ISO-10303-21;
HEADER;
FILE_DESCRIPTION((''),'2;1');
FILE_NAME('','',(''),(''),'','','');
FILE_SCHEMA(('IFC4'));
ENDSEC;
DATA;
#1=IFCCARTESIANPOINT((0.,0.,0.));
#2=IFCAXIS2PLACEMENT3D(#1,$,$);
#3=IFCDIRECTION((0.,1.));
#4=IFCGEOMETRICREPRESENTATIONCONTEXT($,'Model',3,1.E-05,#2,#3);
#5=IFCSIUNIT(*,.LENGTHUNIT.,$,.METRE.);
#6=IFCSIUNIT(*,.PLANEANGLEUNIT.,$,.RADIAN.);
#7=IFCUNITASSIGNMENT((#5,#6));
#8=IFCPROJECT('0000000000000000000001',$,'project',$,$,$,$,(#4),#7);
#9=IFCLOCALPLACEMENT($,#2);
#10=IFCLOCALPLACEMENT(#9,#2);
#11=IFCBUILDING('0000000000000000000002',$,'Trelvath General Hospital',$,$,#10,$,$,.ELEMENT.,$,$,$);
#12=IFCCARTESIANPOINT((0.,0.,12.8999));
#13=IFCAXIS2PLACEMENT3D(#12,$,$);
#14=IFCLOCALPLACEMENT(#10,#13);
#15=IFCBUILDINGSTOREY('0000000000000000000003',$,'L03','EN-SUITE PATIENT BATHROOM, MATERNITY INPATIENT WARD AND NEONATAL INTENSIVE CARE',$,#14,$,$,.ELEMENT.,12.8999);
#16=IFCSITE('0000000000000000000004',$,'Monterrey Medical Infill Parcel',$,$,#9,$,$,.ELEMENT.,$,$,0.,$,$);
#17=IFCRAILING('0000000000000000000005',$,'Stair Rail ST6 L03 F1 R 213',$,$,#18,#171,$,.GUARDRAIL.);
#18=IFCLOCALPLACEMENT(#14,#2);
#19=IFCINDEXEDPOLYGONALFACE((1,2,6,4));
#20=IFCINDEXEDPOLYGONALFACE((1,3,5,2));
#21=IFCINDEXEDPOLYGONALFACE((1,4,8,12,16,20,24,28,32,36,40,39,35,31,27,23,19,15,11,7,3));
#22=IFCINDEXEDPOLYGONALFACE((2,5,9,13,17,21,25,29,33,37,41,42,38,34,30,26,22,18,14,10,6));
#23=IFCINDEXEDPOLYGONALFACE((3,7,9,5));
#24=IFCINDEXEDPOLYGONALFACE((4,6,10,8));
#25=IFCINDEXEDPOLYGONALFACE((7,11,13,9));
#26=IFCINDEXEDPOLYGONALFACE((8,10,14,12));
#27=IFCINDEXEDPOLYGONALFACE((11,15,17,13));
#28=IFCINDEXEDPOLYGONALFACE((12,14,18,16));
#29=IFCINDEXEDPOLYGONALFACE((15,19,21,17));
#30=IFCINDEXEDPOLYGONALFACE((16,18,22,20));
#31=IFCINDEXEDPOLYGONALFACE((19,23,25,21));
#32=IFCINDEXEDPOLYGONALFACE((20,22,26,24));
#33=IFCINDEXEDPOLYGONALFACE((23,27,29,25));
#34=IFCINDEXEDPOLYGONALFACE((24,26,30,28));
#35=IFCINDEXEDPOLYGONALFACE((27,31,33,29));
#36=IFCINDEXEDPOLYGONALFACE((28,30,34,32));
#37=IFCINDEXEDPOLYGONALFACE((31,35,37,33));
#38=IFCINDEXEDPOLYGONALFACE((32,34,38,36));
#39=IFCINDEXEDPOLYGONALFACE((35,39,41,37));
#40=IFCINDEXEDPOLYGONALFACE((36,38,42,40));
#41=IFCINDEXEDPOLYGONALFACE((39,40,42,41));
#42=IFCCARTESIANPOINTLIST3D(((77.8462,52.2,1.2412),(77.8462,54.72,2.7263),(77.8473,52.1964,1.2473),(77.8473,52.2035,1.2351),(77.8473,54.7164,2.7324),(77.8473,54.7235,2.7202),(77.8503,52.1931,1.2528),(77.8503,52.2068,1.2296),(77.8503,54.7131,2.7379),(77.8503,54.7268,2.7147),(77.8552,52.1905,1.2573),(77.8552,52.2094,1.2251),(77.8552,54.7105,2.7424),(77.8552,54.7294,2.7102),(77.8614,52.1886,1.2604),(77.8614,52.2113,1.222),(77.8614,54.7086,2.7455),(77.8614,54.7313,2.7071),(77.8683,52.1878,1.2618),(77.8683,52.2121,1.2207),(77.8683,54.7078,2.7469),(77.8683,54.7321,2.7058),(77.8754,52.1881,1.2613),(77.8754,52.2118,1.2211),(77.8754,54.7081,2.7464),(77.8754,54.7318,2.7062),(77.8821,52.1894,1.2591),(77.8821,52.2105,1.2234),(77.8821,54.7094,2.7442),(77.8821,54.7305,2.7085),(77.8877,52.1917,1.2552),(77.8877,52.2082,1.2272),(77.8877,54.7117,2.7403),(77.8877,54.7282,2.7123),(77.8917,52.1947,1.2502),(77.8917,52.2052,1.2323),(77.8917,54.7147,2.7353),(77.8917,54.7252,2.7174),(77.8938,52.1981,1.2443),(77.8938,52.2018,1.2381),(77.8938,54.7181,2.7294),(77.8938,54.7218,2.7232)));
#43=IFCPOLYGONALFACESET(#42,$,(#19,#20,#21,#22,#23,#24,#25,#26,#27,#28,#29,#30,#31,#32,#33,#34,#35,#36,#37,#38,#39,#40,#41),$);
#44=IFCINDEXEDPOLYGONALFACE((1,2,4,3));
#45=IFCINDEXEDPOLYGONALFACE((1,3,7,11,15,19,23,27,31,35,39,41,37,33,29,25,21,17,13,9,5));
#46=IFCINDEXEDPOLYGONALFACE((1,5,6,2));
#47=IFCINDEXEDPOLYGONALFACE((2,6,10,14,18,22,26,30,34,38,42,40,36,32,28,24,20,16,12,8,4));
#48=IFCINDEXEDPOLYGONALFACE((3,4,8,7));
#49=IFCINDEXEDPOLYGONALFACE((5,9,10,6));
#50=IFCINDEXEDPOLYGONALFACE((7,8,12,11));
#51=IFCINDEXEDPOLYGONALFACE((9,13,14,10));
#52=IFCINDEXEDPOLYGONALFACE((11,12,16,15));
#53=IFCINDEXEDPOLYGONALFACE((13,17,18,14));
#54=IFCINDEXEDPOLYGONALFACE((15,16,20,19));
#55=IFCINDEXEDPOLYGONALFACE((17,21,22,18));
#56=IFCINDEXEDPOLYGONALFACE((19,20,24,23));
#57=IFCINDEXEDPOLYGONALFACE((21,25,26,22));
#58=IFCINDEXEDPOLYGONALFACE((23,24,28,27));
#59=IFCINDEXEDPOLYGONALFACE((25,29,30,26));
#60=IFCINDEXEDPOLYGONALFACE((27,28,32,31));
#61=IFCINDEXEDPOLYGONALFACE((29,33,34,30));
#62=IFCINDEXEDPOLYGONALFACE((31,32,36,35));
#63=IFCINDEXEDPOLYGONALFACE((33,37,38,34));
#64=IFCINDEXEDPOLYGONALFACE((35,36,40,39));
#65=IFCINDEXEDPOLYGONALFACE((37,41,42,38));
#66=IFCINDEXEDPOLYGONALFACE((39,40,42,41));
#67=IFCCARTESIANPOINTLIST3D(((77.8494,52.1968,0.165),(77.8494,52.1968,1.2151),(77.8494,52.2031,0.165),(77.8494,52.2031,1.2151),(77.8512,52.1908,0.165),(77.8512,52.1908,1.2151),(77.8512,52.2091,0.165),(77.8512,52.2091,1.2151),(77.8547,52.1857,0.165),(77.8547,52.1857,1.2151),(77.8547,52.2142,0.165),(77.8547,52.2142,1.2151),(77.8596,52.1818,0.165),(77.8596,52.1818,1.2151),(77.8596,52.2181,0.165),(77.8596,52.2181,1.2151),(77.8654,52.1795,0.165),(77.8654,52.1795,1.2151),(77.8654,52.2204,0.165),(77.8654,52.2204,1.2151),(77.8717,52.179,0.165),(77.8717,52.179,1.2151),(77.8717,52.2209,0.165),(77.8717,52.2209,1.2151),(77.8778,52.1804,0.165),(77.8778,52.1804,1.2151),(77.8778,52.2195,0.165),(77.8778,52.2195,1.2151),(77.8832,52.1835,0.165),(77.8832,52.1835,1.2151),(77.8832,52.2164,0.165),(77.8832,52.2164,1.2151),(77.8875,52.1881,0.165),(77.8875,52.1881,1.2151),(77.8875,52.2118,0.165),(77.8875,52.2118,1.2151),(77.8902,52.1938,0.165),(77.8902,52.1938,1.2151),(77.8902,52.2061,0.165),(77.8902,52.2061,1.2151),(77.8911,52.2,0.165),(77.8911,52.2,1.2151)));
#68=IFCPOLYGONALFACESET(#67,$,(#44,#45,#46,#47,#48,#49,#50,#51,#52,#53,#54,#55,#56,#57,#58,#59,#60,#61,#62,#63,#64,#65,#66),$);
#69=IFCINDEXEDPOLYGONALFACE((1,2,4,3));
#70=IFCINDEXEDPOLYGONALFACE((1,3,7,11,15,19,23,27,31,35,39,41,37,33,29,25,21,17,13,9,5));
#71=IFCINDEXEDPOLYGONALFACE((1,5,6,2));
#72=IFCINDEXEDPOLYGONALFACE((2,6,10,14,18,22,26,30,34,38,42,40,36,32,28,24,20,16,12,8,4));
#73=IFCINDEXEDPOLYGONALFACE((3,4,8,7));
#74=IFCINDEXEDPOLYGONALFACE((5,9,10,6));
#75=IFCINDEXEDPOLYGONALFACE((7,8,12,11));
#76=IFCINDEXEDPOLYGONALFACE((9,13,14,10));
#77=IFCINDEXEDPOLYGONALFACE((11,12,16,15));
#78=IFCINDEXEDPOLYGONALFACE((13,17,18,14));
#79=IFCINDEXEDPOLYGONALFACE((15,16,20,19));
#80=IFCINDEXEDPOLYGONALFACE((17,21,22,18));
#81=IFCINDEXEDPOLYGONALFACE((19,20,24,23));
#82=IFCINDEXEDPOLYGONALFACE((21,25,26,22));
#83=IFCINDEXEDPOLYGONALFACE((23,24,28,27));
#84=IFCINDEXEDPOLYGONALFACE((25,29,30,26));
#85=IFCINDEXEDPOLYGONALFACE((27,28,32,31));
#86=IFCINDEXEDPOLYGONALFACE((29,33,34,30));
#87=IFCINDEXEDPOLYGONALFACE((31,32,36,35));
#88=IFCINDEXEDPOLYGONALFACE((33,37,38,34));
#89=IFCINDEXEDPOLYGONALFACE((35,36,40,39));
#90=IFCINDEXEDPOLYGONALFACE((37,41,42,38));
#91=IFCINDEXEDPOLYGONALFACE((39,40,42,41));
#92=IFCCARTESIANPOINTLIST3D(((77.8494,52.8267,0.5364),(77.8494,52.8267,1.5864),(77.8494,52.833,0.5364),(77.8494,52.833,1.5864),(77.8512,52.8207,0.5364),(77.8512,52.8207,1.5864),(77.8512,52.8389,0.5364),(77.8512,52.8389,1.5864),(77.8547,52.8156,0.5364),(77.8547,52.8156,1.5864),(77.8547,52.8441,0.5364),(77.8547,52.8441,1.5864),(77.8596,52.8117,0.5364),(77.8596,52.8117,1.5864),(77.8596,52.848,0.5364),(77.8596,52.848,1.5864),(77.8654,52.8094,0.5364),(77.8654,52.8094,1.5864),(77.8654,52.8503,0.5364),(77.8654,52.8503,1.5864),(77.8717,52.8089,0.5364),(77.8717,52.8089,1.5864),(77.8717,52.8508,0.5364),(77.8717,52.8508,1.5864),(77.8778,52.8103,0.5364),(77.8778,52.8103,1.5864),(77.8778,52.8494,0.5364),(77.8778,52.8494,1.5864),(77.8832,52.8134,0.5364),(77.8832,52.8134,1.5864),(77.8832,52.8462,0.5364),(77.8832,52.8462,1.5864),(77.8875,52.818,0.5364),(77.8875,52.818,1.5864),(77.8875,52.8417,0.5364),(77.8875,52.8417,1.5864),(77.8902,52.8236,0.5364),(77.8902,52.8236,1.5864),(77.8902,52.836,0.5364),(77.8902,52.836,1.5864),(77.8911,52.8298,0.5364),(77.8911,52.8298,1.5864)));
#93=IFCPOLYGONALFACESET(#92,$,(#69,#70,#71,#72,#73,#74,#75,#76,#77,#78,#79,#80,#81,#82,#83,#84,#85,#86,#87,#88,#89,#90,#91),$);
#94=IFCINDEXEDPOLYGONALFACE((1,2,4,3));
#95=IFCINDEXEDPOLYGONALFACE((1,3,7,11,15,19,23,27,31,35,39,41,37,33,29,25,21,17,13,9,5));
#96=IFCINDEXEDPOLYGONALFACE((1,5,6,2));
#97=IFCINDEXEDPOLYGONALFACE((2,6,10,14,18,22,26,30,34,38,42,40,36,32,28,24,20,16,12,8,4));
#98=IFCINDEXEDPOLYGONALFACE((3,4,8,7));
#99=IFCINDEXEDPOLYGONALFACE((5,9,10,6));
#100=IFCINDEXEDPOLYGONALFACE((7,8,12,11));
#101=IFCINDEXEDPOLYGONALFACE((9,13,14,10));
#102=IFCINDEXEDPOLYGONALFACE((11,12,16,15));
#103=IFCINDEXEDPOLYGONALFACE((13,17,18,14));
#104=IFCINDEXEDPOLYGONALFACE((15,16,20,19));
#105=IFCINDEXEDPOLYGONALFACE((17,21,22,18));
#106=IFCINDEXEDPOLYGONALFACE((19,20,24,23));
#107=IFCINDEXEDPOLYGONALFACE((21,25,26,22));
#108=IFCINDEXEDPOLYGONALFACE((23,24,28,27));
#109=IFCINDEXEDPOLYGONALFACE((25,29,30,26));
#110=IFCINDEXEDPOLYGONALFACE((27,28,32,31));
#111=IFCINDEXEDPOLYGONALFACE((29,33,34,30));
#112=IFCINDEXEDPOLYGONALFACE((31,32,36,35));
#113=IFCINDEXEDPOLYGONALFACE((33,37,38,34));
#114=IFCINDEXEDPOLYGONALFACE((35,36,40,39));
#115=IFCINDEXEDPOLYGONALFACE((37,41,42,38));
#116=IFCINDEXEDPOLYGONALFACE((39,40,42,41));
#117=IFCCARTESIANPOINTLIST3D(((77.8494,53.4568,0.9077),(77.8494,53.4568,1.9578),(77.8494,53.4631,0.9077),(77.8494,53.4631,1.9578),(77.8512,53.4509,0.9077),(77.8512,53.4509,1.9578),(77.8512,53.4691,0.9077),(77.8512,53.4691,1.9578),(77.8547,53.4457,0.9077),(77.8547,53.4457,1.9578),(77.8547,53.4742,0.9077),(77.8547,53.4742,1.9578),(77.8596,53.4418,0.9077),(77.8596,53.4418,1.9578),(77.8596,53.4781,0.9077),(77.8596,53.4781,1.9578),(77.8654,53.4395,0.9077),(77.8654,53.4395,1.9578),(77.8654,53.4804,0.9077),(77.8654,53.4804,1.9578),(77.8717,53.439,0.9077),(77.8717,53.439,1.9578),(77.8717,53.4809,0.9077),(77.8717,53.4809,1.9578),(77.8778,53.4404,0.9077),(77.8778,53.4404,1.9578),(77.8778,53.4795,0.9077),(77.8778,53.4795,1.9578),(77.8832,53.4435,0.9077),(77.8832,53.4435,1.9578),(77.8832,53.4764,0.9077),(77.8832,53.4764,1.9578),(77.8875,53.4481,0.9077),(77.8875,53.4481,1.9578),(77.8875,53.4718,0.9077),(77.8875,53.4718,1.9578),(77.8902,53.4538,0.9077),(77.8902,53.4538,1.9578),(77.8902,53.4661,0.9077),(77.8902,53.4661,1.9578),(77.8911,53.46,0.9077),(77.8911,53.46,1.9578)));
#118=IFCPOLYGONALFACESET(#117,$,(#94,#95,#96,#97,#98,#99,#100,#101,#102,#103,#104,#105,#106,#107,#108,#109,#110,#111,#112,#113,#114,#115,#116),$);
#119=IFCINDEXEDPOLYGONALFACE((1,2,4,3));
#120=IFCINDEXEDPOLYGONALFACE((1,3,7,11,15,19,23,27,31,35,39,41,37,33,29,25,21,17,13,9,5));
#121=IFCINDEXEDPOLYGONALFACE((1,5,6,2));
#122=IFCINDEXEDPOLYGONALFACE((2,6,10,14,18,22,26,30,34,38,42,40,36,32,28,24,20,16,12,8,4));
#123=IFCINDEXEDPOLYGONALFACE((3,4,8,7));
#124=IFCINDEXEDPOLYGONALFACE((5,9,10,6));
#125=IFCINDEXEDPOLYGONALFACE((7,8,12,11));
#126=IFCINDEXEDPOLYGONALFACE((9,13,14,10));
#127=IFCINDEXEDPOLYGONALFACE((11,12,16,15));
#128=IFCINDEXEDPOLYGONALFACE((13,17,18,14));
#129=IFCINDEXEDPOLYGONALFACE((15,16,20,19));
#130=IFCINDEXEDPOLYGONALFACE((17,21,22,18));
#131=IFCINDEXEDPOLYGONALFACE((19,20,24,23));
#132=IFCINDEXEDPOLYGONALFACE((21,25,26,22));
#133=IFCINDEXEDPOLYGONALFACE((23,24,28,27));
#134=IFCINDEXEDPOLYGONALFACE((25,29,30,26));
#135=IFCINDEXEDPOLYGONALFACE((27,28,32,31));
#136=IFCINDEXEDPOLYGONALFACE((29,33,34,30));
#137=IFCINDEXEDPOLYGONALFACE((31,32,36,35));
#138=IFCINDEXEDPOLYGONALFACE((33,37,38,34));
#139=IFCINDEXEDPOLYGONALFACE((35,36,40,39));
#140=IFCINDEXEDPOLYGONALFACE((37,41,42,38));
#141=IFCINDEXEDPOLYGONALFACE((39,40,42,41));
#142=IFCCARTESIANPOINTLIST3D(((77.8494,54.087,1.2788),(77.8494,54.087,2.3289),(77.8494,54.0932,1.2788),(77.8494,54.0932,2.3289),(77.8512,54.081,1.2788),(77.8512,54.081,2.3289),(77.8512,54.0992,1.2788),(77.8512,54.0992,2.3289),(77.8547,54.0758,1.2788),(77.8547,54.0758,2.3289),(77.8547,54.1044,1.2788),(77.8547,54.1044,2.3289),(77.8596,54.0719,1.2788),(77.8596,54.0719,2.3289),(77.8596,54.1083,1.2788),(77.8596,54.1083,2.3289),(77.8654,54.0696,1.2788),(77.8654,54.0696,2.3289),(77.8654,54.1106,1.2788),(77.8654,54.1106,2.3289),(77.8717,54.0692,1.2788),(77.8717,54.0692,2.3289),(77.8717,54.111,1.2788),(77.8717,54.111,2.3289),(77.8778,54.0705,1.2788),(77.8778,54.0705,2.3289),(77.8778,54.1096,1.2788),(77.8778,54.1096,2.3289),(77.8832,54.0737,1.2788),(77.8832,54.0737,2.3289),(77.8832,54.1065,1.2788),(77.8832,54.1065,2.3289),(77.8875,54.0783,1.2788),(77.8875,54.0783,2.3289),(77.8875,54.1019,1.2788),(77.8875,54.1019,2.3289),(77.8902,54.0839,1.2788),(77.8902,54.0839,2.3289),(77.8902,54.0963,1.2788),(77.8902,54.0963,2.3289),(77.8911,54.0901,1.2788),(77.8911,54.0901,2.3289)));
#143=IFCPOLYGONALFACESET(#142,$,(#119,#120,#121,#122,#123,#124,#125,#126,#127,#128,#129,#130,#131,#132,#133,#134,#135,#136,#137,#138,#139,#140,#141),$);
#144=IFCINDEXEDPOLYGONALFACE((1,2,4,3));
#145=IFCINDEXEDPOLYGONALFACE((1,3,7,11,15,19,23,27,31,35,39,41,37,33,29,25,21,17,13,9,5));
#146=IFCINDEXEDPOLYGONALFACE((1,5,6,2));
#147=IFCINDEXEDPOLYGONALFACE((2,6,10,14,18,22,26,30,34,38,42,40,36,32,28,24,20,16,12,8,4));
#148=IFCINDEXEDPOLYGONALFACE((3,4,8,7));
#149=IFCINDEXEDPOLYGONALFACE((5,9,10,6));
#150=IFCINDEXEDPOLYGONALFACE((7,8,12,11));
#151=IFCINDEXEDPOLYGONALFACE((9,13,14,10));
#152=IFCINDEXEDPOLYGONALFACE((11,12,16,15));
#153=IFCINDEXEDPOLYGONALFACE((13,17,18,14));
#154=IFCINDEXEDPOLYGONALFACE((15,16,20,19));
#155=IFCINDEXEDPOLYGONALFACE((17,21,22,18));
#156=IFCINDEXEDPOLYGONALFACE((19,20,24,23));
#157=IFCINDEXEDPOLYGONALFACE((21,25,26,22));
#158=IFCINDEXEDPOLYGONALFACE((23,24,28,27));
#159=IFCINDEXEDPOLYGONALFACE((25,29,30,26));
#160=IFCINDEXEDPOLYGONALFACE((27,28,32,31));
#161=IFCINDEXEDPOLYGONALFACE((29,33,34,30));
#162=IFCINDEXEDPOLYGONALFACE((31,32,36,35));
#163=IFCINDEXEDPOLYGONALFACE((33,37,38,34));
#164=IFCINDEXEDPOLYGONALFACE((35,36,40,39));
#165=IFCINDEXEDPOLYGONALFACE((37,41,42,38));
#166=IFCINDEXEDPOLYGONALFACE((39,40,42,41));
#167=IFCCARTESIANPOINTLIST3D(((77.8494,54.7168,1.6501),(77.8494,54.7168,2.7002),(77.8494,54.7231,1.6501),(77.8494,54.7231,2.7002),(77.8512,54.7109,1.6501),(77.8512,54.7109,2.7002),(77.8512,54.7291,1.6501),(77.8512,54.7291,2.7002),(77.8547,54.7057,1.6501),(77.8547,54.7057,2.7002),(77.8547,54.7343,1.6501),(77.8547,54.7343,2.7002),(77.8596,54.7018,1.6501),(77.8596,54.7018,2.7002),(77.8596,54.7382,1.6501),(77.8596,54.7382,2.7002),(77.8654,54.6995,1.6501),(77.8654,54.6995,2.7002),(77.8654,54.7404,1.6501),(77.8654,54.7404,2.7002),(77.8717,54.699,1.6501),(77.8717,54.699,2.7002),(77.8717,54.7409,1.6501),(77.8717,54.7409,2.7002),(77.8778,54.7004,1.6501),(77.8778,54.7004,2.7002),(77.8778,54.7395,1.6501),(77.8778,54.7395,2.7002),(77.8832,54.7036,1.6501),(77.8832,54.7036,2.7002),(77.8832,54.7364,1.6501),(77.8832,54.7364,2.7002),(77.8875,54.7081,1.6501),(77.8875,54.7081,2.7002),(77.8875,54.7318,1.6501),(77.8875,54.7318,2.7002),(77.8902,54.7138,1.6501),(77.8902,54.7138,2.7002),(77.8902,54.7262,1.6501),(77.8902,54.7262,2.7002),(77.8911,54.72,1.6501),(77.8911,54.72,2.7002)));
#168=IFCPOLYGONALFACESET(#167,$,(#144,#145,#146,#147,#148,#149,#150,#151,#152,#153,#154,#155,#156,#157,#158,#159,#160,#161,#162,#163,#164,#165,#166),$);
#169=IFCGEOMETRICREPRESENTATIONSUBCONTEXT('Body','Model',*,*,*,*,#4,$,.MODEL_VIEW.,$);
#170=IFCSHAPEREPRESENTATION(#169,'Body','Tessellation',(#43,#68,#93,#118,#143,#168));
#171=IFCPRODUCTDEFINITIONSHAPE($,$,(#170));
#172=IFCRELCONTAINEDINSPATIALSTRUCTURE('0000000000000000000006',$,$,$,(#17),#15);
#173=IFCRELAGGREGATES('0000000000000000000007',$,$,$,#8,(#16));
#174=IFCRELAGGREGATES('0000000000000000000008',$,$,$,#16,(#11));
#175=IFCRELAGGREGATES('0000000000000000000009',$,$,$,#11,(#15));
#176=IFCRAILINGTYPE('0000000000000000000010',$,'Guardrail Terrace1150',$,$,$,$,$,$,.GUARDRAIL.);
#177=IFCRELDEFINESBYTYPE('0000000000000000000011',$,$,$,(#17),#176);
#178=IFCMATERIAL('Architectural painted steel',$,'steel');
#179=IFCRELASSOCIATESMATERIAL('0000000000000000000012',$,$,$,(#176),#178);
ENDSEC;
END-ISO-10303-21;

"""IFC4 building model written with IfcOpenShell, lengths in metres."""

from ifc_helpers import new_model, si_unit, direction, frame, origin, origin_2d, place, context, subcontext, project, spatial, circle, extrude, material, type_object, element, save


model = new_model("IFC4")

# Units and contexts
model_context = context("Model", 3, precision=1e-05, world=origin(), true_north=direction((0.0, 1.0)))
body_context = subcontext(model_context, "Body", "Model", "MODEL_VIEW")
ifc_project = project(units=[si_unit("LENGTHUNIT", "METRE"), si_unit("PLANEANGLEUNIT", "RADIAN")], contexts=[model_context])

# Site, building, storey
site_placement = place(None, origin())
site = spatial("IfcSite", under=ifc_project, at=site_placement, Name="Monterrey Medical Infill Parcel", CompositionType="ELEMENT", RefElevation=0.0)
building_placement = place(site_placement, origin())
building = spatial("IfcBuilding", under=site, at=building_placement, Name="Trelvath General Hospital", CompositionType="ELEMENT")
storey_placement = place(building_placement, frame((0.0, 0.0, 12.8999)))
storey = spatial("IfcBuildingStorey", under=building, at=storey_placement, Name="L03", Description="EN-SUITE PATIENT BATHROOM, MATERNITY INPATIENT WARD AND NEONATAL INTENSIVE CARE", CompositionType="ELEMENT", Elevation=12.8999)

# Railing
ifc_material_1 = material(Name="Architectural painted steel", Category="steel")
railing_type_1 = type_object("IfcRailingType", Name="Guardrail Terrace1150", PredefinedType="GUARDRAIL", material=ifc_material_1)
railing_1_placement = place(storey_placement, frame((77.8701, 52.2, 0.165)))
element("IfcRailing", 1, at=railing_1_placement, inside=storey, type_object=railing_type_1, Name="Stair Rail ST6 L03 F1 R 213", PredefinedType="GUARDRAIL", context=body_context, shape_type="SweptSolid", body=[
    extrude(circle(Radius=0.0239, at=origin_2d()), frame((0.0, 0.0, 1.0762), z_axis=(0.0, 0.861524, 0.507717), x_axis=(-1.0, 0.0, 0.0)), (0.0, 0.0, 1.0), 2.925),
    extrude(circle(Radius=0.021, at=origin_2d()), origin(), (0.0, 0.0, 1.0), 1.05),
    extrude(circle(Radius=0.021, at=origin_2d()), frame((0.0, 0.6299, 0.3713)), (0.0, 0.0, 1.0), 1.05),
    extrude(circle(Radius=0.021, at=origin_2d()), frame((0.0, 1.26, 0.7427)), (0.0, 0.0, 1.0), 1.05),
    extrude(circle(Radius=0.021, at=origin_2d()), frame((0.0, 1.8901, 1.1138)), (0.0, 0.0, 1.0), 1.05),
    extrude(circle(Radius=0.021, at=origin_2d()), frame((0.0, 2.52, 1.4851)), (0.0, 0.0, 1.0), 1.05),
])

save(model, "model.ifc")
